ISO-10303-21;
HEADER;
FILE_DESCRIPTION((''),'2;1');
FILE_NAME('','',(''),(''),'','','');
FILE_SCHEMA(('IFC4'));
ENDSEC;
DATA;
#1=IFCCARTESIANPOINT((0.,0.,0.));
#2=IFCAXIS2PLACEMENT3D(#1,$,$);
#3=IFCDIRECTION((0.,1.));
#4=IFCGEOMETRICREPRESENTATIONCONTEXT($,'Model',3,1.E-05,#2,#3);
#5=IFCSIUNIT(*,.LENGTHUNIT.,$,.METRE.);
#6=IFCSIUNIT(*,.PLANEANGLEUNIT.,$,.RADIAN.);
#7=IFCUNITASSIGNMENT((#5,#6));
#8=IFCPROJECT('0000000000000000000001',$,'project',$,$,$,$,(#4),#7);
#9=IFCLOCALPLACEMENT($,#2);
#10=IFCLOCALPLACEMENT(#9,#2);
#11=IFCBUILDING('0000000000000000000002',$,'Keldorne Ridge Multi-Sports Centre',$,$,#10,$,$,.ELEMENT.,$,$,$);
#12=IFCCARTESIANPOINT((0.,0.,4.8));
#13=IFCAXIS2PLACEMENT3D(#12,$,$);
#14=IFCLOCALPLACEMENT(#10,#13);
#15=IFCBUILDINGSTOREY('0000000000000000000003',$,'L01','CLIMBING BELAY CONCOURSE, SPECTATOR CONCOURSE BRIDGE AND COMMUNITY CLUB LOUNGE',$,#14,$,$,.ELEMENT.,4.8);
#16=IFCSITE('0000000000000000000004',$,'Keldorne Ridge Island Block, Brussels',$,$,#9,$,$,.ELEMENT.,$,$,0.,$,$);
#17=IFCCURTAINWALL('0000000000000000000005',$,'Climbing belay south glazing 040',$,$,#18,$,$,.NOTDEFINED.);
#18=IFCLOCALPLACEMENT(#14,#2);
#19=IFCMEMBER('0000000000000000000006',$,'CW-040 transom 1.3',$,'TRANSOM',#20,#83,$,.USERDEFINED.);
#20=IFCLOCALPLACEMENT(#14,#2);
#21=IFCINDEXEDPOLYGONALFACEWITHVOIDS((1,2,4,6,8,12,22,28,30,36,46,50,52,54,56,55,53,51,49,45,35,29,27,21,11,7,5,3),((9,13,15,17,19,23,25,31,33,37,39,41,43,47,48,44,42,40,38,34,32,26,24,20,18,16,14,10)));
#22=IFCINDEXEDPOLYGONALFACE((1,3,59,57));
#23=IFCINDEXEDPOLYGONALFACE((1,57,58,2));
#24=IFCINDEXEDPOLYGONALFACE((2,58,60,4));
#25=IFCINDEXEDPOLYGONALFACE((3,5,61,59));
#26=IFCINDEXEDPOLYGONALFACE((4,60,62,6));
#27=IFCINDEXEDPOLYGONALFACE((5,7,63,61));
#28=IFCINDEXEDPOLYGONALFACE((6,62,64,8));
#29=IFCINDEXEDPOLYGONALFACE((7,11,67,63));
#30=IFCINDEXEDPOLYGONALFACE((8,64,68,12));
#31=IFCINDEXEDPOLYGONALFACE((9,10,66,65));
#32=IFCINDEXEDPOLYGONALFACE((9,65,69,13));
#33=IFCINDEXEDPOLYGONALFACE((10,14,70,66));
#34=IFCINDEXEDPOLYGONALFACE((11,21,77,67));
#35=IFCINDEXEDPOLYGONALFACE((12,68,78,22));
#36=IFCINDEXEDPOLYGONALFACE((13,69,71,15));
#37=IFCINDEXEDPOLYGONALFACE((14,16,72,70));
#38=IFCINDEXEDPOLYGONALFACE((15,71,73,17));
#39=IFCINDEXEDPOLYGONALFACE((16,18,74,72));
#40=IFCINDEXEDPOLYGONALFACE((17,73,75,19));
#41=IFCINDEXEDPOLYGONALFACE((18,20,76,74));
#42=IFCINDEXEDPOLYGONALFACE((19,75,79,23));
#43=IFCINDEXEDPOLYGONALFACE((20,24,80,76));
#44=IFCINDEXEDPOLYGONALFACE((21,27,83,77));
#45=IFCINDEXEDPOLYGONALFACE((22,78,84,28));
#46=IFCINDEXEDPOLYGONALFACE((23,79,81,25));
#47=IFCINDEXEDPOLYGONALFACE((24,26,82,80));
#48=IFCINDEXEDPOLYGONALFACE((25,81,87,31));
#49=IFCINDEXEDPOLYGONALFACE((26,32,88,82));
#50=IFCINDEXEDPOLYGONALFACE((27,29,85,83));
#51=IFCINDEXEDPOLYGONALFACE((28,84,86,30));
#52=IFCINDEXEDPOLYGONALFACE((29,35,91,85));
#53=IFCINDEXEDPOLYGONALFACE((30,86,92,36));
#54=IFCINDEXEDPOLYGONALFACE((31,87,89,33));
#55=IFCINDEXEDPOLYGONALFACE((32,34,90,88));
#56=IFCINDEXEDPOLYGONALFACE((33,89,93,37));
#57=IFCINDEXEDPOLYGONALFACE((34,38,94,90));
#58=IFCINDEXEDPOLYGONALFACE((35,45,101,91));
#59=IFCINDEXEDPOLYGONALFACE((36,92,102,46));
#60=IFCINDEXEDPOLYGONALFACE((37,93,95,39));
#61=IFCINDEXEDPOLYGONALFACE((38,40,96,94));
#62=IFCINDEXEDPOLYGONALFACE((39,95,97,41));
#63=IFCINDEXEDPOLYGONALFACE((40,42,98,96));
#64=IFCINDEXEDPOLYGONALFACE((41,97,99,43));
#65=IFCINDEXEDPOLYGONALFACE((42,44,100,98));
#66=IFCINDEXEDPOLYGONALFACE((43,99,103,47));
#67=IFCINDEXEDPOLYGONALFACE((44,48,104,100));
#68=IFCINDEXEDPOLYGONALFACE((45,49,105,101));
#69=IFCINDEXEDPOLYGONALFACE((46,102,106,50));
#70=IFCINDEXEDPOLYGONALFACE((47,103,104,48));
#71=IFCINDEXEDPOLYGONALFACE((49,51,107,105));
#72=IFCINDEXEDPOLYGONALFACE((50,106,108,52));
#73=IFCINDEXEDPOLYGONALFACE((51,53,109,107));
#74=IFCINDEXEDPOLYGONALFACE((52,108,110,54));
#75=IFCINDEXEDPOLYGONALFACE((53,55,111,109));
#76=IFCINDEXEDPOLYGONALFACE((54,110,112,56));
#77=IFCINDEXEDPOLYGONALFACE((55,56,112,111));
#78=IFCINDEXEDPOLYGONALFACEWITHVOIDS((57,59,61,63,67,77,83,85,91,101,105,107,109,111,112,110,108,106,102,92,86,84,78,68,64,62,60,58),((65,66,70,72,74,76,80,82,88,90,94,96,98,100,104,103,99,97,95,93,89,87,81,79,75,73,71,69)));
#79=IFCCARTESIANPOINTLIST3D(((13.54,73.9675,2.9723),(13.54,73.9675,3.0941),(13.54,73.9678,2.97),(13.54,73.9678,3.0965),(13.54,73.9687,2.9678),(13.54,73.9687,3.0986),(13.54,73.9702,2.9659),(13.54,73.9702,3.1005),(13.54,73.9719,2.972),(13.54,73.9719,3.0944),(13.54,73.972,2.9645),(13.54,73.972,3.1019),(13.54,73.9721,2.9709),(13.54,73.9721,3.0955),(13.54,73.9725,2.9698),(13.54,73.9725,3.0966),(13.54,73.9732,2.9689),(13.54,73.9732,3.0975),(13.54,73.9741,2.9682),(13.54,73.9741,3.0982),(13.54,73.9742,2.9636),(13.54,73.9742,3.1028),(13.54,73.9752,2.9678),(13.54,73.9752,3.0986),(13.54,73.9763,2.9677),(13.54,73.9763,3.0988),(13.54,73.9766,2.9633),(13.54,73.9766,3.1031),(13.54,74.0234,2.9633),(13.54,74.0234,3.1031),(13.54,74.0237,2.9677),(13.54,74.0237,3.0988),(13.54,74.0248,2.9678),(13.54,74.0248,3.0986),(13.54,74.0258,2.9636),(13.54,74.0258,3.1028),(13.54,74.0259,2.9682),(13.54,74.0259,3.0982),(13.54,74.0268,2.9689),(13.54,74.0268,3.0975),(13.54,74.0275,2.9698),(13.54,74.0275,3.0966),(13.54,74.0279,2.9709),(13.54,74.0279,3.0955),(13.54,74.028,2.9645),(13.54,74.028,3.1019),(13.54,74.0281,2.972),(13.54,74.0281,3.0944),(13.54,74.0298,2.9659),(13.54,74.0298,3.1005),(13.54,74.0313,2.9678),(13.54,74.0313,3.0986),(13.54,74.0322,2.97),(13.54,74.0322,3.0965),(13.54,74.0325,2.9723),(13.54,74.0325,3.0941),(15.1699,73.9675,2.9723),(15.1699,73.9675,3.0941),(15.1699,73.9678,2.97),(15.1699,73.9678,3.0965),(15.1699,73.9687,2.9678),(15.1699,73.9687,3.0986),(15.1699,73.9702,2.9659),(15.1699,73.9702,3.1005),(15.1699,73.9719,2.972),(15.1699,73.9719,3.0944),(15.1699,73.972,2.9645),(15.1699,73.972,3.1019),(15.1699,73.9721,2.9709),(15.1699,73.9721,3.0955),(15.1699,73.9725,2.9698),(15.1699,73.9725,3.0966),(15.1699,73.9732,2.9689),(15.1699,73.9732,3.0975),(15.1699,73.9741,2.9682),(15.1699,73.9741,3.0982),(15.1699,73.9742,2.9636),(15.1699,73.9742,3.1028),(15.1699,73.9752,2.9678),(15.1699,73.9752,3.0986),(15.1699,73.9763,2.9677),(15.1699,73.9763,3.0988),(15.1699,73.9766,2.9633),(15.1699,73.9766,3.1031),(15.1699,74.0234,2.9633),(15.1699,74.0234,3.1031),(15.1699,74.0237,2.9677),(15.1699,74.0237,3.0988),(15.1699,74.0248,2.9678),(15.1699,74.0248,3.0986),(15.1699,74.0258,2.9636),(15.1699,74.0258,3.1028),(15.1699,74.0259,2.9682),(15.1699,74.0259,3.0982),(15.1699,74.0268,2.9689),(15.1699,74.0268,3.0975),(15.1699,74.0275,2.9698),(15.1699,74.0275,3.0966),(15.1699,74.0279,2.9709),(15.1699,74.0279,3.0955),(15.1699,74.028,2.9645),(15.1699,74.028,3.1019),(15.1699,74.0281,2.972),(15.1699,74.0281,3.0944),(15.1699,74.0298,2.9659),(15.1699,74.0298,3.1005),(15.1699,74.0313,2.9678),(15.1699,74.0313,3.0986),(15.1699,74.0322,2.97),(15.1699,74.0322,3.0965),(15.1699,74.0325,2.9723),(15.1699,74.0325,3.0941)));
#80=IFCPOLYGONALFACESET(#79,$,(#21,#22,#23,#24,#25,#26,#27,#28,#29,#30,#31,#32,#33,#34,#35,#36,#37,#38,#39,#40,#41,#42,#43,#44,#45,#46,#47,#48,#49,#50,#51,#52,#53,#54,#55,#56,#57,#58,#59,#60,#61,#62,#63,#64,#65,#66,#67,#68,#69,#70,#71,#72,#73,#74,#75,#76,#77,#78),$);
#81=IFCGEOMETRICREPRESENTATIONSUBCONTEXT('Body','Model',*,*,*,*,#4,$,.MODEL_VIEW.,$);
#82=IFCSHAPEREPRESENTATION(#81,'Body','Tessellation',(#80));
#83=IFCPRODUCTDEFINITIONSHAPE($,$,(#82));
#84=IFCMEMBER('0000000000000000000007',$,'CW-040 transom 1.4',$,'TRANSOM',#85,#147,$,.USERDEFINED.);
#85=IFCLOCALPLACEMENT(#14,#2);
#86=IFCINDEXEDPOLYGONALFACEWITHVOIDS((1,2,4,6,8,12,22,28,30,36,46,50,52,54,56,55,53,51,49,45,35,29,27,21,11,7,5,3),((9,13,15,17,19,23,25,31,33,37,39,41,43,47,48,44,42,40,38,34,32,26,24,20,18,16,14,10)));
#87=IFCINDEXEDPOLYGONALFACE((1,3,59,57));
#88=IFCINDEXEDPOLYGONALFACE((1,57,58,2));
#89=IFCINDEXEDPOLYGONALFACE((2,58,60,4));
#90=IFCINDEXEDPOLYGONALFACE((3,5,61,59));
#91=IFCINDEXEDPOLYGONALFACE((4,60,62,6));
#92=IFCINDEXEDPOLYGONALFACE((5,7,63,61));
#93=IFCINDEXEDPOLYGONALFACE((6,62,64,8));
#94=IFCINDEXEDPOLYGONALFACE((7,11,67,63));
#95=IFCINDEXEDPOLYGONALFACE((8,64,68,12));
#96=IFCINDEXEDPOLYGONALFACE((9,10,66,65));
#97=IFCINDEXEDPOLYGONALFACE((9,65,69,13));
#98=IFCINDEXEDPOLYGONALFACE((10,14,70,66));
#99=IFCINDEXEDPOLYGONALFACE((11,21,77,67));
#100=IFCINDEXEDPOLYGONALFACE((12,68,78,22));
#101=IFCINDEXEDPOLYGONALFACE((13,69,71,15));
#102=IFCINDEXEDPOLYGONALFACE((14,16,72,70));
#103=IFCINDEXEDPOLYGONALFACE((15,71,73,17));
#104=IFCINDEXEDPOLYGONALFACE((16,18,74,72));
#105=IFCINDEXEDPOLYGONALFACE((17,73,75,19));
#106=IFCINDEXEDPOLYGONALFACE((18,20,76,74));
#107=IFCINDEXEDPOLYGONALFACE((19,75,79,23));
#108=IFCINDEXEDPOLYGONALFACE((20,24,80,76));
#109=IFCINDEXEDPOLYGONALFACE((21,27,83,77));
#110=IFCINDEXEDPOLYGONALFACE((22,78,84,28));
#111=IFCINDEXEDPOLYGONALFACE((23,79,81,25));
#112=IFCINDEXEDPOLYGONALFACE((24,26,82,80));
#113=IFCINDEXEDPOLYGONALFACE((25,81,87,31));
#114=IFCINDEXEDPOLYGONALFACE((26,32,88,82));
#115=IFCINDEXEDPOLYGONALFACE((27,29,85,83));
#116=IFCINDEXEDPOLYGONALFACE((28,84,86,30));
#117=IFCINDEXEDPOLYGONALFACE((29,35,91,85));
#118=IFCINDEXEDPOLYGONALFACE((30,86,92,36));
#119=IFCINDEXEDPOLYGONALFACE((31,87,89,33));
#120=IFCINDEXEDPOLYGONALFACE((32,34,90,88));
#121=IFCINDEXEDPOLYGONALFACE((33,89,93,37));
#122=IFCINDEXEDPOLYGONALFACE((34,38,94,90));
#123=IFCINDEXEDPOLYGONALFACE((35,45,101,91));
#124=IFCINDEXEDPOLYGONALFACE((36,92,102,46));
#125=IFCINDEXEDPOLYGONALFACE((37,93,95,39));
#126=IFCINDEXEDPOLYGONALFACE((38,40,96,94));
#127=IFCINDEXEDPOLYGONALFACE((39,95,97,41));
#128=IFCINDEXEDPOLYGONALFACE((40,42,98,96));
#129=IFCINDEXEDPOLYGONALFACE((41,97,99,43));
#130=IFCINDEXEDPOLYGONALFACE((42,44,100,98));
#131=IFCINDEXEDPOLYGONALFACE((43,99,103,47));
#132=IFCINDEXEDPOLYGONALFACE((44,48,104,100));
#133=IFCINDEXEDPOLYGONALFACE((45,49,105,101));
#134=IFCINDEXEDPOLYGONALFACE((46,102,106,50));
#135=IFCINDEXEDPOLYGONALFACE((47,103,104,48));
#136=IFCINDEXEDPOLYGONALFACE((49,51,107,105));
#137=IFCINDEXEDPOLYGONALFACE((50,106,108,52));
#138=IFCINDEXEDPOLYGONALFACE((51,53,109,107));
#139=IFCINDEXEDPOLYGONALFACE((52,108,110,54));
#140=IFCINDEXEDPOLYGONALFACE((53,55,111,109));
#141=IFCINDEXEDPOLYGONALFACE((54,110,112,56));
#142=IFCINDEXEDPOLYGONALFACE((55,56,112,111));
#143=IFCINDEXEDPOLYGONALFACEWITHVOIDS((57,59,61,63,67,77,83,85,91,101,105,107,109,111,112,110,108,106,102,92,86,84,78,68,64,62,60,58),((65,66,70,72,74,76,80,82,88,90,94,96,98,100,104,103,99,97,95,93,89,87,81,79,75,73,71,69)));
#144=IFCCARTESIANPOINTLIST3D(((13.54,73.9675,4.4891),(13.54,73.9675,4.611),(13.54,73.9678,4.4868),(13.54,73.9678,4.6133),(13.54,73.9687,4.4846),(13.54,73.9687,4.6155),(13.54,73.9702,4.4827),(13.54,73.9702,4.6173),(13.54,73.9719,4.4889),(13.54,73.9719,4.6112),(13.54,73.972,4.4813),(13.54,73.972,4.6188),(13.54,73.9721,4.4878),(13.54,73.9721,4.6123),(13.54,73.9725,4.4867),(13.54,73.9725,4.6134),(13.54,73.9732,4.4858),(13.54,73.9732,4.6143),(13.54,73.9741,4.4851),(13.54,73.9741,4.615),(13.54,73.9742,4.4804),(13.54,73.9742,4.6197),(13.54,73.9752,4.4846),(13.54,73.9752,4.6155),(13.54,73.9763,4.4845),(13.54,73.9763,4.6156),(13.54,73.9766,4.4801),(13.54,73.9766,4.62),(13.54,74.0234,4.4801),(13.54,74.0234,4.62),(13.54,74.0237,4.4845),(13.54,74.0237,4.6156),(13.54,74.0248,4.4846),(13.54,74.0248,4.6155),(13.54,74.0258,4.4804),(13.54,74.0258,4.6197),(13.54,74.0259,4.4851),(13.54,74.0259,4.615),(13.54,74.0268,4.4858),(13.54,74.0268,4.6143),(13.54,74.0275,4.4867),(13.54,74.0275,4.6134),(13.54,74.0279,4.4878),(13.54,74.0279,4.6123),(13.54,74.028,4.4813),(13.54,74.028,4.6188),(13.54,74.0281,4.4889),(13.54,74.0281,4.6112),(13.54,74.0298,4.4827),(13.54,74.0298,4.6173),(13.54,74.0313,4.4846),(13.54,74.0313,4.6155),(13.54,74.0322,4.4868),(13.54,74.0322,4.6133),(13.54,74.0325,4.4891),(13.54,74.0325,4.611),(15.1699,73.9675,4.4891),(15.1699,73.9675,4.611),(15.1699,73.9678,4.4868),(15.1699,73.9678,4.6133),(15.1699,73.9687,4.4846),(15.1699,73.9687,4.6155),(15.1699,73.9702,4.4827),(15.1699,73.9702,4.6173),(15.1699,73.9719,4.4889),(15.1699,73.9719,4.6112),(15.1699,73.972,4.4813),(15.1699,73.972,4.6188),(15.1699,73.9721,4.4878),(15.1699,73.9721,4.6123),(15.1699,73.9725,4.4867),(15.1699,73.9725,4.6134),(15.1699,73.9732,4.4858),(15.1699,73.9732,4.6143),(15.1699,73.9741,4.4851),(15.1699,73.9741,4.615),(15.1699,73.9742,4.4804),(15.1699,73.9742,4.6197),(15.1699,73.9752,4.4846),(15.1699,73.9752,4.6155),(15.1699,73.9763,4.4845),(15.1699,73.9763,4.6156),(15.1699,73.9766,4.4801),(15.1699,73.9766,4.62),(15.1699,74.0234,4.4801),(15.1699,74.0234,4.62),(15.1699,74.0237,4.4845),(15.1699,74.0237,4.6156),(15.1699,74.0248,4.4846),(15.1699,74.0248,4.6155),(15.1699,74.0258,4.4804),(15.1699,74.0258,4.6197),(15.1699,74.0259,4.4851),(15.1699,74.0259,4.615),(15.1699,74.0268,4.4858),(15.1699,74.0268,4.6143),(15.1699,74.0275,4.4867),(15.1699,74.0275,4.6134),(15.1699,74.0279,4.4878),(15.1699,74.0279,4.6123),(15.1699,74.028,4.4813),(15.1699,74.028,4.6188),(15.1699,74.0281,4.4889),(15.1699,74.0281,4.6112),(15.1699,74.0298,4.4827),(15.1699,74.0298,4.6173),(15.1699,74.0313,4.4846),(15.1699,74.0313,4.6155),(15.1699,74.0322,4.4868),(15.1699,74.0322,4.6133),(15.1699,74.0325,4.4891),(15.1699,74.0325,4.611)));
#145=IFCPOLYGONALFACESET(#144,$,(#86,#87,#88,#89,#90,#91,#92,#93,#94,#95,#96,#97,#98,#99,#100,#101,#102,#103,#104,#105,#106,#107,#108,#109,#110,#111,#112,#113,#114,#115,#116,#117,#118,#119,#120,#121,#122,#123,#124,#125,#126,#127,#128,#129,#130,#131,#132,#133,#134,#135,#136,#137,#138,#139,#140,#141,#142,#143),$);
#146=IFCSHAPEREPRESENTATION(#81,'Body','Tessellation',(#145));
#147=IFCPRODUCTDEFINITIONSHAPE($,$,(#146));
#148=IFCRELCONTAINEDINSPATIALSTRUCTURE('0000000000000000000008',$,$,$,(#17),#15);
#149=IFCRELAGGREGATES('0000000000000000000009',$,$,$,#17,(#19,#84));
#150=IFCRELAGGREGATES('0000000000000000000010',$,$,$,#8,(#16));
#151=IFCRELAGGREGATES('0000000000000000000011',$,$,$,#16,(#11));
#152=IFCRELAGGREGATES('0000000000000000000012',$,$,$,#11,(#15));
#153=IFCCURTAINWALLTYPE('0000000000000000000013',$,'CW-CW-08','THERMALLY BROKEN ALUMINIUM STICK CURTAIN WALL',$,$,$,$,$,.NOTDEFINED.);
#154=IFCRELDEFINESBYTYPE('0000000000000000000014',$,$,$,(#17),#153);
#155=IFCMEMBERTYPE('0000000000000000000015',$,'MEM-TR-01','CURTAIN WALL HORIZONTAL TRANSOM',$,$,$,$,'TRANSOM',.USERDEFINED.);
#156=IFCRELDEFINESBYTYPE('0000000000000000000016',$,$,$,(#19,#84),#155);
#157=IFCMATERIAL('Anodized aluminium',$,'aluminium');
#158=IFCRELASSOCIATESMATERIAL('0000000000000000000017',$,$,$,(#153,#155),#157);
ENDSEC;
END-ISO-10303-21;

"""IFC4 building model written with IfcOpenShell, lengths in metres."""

from ifc_helpers import new_model, si_unit, direction, frame, origin, origin_2d, place, context, subcontext, project, spatial, hollow_rectangle, extrude, material, material_profile, profile_set, type_object, element, aggregate, save


model = new_model("IFC4")

# Units and contexts
model_context = context("Model", 3, precision=1e-05, world=origin(), true_north=direction((0.0, 1.0)))
body_context = subcontext(model_context, "Body", "Model", "MODEL_VIEW")
ifc_project = project(units=[si_unit("LENGTHUNIT", "METRE"), si_unit("PLANEANGLEUNIT", "RADIAN")], contexts=[model_context])

# Site, building, storey
site_placement = place(None, origin())
site = spatial("IfcSite", under=ifc_project, at=site_placement, Name="Keldorne Ridge Island Block, Brussels", CompositionType="ELEMENT", RefElevation=0.0)
building_placement = place(site_placement, origin())
building = spatial("IfcBuilding", under=site, at=building_placement, Name="Keldorne Ridge Multi-Sports Centre", CompositionType="ELEMENT")
storey_placement = place(building_placement, frame((0.0, 0.0, 4.8)))
storey = spatial("IfcBuildingStorey", under=building, at=storey_placement, Name="L01", Description="CLIMBING BELAY CONCOURSE, SPECTATOR CONCOURSE BRIDGE AND COMMUNITY CLUB LOUNGE", CompositionType="ELEMENT", Elevation=4.8)

# Shared definitions
ifc_material_1 = material(Name="Anodized aluminium", Category="aluminium")

# Curtain wall
curtain_wall_type_1 = type_object("IfcCurtainWallType", Name="CW-CW-08", Description="THERMALLY BROKEN ALUMINIUM STICK CURTAIN WALL", PredefinedType="NOTDEFINED", material=ifc_material_1)
curtain_wall_1_placement = place(storey_placement, origin())
curtain_wall_1 = element("IfcCurtainWall", 1, at=curtain_wall_1_placement, inside=storey, type_object=curtain_wall_type_1, Name="Climbing belay south glazing 040", PredefinedType="NOTDEFINED")

# Members
ifc_material_profile_1 = material_profile(ifc_material_1, hollow_rectangle(XDim=0.0649, YDim=0.1399, WallThickness=0.0044, InnerFilletRadius=0.0044, OuterFilletRadius=0.009, at=origin_2d()), Name="ALU TRANSOM 140x65x4.5")
ifc_profile_set_1 = profile_set([ifc_material_profile_1], Name="Anodized aluminium")
member_type_1 = type_object("IfcMemberType", Name="MEM-TR-01", Description="CURTAIN WALL HORIZONTAL TRANSOM", ElementType="TRANSOM", PredefinedType="USERDEFINED", material=ifc_profile_set_1)
member_1_placement = place(storey_placement, frame((13.54, 74.0, 3.0332), z_axis=(1.0, 0.0, 0.0), x_axis=(0.0, 1.0, 0.0)))
member_1 = element("IfcMember", 2, at=member_1_placement, type_object=member_type_1, Name="CW-040 transom 1.3", ObjectType="TRANSOM", PredefinedType="USERDEFINED", context=body_context, shape_type="SweptSolid", body=[
    extrude(hollow_rectangle(XDim=0.0649, YDim=0.1399, WallThickness=0.0044, InnerFilletRadius=0.0044, OuterFilletRadius=0.009, at=origin_2d()), origin(), (0.0, 0.0, 1.0), 1.6299),
])
member_2_placement = place(storey_placement, frame((13.54, 74.0, 4.55), z_axis=(1.0, 0.0, 0.0), x_axis=(0.0, 1.0, 0.0)))
member_2 = element("IfcMember", 3, at=member_2_placement, type_object=member_type_1, Name="CW-040 transom 1.4", ObjectType="TRANSOM", PredefinedType="USERDEFINED", context=body_context, shape_type="SweptSolid", body=[
    extrude(hollow_rectangle(XDim=0.0649, YDim=0.1399, WallThickness=0.0044, InnerFilletRadius=0.0044, OuterFilletRadius=0.009, at=origin_2d()), origin(), (0.0, 0.0, 1.0), 1.6299),
])

aggregate(curtain_wall_1, [member_1, member_2])

save(model, "model.ifc")
